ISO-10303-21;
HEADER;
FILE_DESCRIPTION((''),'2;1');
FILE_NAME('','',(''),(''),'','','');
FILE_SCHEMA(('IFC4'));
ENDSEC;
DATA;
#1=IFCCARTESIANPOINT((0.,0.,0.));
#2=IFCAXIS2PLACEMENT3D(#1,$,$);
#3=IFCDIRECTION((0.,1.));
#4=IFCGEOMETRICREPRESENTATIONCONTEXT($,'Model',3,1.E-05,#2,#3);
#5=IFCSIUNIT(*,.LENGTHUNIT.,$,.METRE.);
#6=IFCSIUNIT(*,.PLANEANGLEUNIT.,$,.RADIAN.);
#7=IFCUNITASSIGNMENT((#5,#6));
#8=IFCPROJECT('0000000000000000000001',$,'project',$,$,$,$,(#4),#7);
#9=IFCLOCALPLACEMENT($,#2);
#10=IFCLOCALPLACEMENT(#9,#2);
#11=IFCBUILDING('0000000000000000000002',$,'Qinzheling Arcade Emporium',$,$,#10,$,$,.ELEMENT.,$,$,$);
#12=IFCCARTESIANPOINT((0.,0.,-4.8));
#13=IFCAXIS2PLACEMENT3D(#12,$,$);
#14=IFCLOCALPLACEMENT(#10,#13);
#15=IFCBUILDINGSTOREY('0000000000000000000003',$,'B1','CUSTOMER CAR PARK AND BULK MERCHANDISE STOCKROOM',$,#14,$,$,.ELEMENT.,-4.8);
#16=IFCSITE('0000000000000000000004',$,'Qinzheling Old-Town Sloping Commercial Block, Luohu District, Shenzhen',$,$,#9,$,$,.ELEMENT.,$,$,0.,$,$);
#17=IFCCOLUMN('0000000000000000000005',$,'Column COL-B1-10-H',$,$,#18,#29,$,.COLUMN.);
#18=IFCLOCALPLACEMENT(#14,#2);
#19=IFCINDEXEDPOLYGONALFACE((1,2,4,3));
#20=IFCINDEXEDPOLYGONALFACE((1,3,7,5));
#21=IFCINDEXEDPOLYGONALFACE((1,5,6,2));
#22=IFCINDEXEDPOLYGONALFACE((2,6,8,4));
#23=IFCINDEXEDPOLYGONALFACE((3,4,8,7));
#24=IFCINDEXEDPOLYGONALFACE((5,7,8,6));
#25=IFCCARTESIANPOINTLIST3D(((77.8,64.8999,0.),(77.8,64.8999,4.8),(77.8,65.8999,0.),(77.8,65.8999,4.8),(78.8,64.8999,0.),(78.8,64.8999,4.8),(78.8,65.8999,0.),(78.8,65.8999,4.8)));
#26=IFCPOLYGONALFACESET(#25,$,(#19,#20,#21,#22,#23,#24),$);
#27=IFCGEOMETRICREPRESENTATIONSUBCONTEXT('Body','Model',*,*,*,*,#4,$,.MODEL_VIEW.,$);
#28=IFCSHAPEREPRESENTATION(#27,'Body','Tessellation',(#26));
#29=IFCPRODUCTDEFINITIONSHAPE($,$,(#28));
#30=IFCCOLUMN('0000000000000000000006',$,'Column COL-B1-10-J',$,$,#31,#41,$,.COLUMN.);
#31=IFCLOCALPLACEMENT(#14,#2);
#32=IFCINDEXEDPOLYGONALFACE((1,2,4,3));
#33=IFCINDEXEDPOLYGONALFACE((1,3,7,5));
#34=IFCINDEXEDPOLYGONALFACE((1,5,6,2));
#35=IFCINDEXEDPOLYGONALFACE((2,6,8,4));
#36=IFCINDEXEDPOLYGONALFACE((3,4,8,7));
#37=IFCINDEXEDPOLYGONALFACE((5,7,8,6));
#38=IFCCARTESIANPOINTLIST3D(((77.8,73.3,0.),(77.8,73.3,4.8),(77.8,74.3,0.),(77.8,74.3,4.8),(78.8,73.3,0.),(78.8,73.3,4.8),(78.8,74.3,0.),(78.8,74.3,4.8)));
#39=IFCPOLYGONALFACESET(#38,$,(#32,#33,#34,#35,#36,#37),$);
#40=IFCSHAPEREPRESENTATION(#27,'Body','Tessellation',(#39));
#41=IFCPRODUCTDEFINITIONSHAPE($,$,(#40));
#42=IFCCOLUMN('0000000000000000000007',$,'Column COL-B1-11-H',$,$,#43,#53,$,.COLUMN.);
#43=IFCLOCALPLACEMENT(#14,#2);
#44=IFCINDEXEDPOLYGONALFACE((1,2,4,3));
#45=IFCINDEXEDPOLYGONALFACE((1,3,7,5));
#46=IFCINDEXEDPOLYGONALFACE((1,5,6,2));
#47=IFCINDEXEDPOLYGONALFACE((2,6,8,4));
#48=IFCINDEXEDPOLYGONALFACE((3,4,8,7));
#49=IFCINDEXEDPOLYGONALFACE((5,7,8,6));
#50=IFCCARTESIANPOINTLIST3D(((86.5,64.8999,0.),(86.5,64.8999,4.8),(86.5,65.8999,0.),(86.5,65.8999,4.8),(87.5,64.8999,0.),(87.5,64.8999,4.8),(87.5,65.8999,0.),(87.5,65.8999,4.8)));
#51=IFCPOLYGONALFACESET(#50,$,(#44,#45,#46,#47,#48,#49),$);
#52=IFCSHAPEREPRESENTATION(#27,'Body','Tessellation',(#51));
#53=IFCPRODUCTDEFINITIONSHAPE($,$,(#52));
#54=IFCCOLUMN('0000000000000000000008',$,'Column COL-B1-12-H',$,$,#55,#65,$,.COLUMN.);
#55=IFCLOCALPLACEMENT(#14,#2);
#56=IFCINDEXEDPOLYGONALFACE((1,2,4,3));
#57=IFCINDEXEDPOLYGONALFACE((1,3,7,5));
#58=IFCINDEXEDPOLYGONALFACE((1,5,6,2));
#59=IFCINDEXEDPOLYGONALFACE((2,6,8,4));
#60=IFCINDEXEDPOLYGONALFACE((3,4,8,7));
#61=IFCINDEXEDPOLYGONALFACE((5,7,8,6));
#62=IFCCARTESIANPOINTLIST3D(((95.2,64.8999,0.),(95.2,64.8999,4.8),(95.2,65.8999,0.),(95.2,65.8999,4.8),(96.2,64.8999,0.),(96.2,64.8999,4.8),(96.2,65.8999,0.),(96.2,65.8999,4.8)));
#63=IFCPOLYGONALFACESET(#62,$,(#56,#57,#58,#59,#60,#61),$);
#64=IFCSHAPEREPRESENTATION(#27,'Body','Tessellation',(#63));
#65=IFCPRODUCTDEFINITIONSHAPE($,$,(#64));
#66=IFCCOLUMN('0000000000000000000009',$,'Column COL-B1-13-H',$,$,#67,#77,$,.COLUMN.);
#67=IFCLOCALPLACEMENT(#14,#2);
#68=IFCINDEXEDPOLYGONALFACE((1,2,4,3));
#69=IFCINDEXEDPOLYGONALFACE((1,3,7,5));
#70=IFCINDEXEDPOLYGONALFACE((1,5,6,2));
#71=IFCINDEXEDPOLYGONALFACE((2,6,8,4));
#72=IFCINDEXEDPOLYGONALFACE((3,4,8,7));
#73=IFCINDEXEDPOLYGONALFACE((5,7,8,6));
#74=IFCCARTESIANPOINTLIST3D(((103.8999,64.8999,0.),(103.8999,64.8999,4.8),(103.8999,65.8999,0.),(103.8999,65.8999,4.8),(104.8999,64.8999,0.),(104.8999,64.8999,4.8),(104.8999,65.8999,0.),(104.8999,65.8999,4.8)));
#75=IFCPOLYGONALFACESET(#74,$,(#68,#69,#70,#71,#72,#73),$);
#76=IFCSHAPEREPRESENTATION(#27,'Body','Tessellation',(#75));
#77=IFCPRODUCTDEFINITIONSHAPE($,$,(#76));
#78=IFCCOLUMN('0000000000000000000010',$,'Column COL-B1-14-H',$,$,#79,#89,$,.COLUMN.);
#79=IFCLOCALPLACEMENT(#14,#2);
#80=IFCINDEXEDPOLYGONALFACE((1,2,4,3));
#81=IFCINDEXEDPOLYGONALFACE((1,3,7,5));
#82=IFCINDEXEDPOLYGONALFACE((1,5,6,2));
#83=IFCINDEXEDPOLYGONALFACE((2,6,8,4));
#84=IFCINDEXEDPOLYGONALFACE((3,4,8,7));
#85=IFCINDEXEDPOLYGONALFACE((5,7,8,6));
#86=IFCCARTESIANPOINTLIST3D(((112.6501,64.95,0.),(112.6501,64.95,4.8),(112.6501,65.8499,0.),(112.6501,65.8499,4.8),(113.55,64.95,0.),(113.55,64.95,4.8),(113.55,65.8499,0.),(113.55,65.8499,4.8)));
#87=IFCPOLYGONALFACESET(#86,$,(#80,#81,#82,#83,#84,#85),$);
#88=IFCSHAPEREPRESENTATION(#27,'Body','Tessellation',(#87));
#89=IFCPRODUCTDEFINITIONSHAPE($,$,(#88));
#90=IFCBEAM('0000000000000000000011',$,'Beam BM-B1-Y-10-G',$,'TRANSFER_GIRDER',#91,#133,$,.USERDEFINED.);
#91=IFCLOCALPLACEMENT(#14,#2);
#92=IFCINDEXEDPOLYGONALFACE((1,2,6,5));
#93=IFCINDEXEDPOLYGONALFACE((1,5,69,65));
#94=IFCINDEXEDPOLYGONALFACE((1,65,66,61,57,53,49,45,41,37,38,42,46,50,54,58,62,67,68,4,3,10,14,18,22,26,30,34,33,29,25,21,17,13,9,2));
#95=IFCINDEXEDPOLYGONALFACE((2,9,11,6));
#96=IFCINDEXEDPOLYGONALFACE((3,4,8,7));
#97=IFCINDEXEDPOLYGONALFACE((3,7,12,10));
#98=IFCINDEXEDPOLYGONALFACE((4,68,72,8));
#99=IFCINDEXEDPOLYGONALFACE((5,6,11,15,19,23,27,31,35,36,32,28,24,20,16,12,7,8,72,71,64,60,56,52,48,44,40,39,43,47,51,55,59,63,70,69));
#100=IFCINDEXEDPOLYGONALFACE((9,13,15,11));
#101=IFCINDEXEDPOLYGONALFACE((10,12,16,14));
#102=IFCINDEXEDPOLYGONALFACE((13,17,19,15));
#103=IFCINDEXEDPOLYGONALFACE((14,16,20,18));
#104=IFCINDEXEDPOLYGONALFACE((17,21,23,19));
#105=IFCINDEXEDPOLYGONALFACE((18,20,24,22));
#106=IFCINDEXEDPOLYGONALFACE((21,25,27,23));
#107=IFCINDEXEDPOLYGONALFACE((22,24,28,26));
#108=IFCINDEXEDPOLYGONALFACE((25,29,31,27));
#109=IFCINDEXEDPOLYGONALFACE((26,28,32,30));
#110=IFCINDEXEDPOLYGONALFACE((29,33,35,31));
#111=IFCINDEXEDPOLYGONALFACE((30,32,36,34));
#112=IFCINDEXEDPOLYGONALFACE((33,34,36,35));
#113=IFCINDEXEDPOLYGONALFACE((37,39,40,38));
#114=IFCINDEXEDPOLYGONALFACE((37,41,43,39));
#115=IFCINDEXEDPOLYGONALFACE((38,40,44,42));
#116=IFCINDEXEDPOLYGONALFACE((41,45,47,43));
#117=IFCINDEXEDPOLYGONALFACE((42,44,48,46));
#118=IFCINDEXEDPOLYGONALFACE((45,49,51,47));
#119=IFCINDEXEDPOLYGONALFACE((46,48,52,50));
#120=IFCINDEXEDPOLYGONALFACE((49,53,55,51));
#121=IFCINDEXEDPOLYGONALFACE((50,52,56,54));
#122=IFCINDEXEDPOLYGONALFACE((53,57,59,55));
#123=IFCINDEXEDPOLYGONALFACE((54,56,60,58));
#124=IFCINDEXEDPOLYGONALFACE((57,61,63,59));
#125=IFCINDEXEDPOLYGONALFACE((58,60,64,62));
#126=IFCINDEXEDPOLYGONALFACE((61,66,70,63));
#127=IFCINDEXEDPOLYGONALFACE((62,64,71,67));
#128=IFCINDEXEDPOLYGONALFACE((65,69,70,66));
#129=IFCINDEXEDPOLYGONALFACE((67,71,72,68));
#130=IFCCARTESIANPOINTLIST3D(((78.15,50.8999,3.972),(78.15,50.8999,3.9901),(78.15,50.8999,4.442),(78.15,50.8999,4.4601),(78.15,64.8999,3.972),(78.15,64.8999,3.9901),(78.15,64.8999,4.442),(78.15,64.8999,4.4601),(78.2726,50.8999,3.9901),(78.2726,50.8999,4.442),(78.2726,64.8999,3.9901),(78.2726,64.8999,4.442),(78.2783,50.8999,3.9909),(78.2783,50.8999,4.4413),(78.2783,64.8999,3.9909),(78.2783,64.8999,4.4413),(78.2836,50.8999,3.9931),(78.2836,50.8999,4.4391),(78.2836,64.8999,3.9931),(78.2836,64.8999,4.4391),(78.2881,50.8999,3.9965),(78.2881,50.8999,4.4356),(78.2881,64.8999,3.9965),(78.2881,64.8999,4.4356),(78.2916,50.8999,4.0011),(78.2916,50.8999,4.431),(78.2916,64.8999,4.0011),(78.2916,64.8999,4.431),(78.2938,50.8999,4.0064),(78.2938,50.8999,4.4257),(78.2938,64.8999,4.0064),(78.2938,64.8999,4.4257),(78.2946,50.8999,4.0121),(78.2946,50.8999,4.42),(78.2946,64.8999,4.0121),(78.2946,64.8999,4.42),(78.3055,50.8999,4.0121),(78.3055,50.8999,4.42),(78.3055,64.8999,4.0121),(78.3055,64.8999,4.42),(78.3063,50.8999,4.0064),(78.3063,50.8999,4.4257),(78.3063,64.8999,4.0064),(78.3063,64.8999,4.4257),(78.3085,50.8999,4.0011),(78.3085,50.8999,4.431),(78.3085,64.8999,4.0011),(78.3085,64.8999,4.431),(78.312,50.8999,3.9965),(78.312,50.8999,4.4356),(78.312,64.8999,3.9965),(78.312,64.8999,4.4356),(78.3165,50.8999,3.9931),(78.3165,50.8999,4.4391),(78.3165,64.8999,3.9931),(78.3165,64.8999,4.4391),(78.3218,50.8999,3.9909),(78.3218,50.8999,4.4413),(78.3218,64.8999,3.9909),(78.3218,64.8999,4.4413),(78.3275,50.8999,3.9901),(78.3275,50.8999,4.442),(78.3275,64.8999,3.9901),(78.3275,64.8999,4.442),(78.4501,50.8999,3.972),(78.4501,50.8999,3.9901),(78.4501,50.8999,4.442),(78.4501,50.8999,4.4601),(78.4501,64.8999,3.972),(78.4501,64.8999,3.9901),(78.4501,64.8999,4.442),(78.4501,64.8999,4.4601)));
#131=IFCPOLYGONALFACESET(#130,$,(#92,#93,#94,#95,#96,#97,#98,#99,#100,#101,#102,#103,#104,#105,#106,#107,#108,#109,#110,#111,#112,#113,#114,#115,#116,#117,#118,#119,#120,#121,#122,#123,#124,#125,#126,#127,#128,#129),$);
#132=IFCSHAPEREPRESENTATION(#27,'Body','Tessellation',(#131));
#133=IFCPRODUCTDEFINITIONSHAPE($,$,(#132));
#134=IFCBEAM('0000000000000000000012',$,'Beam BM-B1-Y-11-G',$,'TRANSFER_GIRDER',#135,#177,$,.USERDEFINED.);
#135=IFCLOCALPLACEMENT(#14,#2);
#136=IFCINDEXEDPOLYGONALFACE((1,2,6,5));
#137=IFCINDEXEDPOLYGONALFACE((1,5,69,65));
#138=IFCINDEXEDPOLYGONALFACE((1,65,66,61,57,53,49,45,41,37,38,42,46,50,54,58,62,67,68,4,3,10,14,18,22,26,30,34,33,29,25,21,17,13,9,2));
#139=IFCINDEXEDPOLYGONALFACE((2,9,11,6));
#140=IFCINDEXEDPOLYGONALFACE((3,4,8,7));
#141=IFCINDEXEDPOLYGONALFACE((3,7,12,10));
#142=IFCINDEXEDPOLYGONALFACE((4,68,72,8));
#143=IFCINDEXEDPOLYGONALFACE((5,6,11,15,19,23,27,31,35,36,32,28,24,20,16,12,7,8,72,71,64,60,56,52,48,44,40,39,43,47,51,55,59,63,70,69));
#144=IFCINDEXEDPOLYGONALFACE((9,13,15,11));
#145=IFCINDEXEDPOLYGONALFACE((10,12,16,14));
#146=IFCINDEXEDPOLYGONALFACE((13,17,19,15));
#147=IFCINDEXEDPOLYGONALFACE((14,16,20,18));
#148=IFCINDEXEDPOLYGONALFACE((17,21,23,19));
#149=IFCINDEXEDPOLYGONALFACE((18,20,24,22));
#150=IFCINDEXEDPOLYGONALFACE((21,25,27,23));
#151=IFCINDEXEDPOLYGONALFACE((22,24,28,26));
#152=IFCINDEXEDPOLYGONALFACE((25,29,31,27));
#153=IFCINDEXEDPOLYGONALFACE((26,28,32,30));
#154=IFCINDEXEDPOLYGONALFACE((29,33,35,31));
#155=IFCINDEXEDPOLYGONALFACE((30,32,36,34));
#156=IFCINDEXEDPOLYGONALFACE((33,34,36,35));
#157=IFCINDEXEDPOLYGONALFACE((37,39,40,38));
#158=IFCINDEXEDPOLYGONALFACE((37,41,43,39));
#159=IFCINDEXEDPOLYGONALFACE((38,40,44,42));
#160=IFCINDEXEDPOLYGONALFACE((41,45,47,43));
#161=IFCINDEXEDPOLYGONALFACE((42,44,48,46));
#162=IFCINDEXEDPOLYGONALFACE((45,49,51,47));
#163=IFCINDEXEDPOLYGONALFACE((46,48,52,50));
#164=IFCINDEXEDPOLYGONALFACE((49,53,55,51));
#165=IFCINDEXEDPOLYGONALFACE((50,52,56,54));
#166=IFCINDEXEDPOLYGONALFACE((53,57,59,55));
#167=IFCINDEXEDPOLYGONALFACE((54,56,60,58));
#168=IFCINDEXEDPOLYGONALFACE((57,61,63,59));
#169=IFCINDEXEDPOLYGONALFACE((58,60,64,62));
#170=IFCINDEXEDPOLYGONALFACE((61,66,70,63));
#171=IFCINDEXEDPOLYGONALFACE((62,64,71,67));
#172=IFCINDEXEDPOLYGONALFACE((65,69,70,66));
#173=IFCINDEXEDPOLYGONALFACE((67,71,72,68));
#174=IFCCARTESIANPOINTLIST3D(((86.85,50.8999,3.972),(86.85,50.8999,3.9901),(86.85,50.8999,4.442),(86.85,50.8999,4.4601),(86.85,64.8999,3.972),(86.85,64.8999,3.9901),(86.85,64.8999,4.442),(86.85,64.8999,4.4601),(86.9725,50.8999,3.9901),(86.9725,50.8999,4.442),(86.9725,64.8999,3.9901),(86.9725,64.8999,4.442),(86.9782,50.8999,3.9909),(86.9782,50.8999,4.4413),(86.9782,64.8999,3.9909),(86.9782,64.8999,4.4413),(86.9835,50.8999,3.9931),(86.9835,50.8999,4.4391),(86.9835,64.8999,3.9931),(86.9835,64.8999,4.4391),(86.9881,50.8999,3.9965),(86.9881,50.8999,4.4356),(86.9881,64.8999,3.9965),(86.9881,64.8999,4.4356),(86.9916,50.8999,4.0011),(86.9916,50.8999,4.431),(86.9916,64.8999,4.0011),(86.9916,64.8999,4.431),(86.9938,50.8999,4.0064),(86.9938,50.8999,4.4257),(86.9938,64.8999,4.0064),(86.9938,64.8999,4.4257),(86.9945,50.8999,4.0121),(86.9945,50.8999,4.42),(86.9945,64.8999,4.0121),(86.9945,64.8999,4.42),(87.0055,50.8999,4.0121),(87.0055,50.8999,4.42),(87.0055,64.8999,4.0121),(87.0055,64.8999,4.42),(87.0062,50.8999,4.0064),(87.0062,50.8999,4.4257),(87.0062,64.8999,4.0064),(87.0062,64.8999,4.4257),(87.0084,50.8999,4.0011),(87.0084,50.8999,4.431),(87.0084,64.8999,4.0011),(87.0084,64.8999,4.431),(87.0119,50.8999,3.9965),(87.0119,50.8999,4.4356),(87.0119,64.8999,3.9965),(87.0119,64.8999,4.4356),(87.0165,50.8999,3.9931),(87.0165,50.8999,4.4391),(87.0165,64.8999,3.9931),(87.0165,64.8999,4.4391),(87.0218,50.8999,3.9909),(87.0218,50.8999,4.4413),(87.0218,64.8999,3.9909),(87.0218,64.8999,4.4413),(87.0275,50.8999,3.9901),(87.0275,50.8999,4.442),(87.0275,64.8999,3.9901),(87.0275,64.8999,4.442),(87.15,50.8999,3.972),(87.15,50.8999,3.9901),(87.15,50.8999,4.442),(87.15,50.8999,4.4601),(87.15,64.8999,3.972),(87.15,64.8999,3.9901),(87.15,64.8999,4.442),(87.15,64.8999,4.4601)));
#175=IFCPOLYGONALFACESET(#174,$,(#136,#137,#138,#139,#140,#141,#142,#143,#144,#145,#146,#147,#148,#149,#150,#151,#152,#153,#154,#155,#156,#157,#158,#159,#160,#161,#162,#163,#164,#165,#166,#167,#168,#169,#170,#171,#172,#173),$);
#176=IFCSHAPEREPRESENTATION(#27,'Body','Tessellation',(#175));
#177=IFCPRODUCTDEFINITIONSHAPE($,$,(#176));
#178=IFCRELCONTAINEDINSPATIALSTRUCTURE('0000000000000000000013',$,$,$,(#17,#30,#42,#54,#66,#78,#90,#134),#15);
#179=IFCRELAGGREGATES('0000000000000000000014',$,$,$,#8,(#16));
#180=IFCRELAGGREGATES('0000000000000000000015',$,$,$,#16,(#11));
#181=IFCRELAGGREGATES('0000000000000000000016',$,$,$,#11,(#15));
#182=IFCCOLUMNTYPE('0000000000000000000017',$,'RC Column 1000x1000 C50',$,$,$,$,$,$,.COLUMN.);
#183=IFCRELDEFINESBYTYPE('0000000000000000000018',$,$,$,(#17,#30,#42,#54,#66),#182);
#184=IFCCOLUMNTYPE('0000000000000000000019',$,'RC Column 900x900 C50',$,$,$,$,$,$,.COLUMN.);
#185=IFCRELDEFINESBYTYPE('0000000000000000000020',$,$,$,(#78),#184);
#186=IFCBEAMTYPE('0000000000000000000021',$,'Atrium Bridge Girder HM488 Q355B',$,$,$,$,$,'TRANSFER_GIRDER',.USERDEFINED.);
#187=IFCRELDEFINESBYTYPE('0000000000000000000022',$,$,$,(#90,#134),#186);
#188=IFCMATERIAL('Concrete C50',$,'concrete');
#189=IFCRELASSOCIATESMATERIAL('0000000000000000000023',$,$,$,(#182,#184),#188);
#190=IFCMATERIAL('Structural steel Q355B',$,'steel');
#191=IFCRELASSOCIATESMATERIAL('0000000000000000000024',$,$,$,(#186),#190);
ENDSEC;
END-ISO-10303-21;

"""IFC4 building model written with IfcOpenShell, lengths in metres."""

from ifc_helpers import new_model, si_unit, direction, frame, origin, origin_2d, place, context, subcontext, project, spatial, rectangle, i_section, extrude, material, material_profile, profile_set, type_object, element, save


model = new_model("IFC4")

# Units and contexts
model_context = context("Model", 3, precision=1e-05, world=origin(), true_north=direction((0.0, 1.0)))
body_context = subcontext(model_context, "Body", "Model", "MODEL_VIEW")
ifc_project = project(units=[si_unit("LENGTHUNIT", "METRE"), si_unit("PLANEANGLEUNIT", "RADIAN")], contexts=[model_context])

# Site, building, storey
site_placement = place(None, origin())
site = spatial("IfcSite", under=ifc_project, at=site_placement, Name="Qinzheling Old-Town Sloping Commercial Block, Luohu District, Shenzhen", CompositionType="ELEMENT", RefElevation=0.0)
building_placement = place(site_placement, origin())
building = spatial("IfcBuilding", under=site, at=building_placement, Name="Qinzheling Arcade Emporium", CompositionType="ELEMENT")
storey_placement = place(building_placement, frame((0.0, 0.0, -4.8)))
storey = spatial("IfcBuildingStorey", under=building, at=storey_placement, Name="B1", Description="CUSTOMER CAR PARK AND BULK MERCHANDISE STOCKROOM", CompositionType="ELEMENT", Elevation=-4.8)

# Columns
ifc_material_1 = material(Name="Concrete C50", Category="concrete")
ifc_material_profile_1 = material_profile(ifc_material_1, rectangle(XDim=1.0, YDim=1.0, at=origin_2d()), Name="RC 1000x1000", Category="concrete")
ifc_profile_set_1 = profile_set([ifc_material_profile_1], Name="Concrete C50")
column_type_1 = type_object("IfcColumnType", Name="RC Column 1000x1000 C50", PredefinedType="COLUMN", material=ifc_profile_set_1)
for number, where, z_axis, x_axis, name in (
    (1, (78.3, 65.3999, 0.0), (0.0, 0.0, 1.0), (1.0, 0.0, 0.0), "Column COL-B1-10-H"),
    (2, (78.3, 73.8, 0.0), (0.0, 0.0, 1.0), (1.0, 0.0, 0.0), "Column COL-B1-10-J"),
    (3, (87.0, 65.3999, 0.0), (0.0, 0.0, 1.0), (1.0, 0.0, 0.0), "Column COL-B1-11-H"),
    (4, (95.7, 65.3999, 0.0), (0.0, 0.0, 1.0), (1.0, 0.0, 0.0), "Column COL-B1-12-H"),
    (5, (104.3999, 65.3999, 0.0), (0.0, 0.0, 1.0), (1.0, 0.0, 0.0), "Column COL-B1-13-H"),
):
    element("IfcColumn", number, at=place(storey_placement, frame(where, z_axis=z_axis, x_axis=x_axis)), inside=storey, type_object=column_type_1, Name=name, PredefinedType="COLUMN", context=body_context, shape_type="SweptSolid", body=[
        extrude(rectangle(XDim=1.0, YDim=1.0, at=origin_2d()), origin(), (0.0, 0.0, 1.0), 4.8),
    ])
ifc_material_profile_2 = material_profile(ifc_material_1, rectangle(XDim=0.8999, YDim=0.8999, at=origin_2d()), Name="RC 900x900", Category="concrete")
ifc_profile_set_2 = profile_set([ifc_material_profile_2], Name="Concrete C50")
column_type_2 = type_object("IfcColumnType", Name="RC Column 900x900 C50", PredefinedType="COLUMN", material=ifc_profile_set_2)
column_placement = place(storey_placement, frame((113.1001, 65.3999, 0.0), z_axis=(0.0, 0.0, 1.0), x_axis=(1.0, 0.0, 0.0)))
element("IfcColumn", 6, at=column_placement, inside=storey, type_object=column_type_2, Name="Column COL-B1-14-H", PredefinedType="COLUMN", context=body_context, shape_type="SweptSolid", body=[
    extrude(rectangle(XDim=0.8999, YDim=0.8999, at=origin_2d()), origin(), (0.0, 0.0, 1.0), 4.8),
])

# Beams
ifc_material_2 = material(Name="Structural steel Q355B", Category="steel")
ifc_material_profile_3 = material_profile(ifc_material_2, i_section(OverallWidth=0.3, OverallDepth=0.488, WebThickness=0.011, FlangeThickness=0.0181, FilletRadius=0.022, at=origin_2d()), Name="HM 488x300x11x18", Category="steel")
ifc_profile_set_3 = profile_set([ifc_material_profile_3], Name="Structural steel Q355B")
beam_type_1 = type_object("IfcBeamType", Name="Atrium Bridge Girder HM488 Q355B", ElementType="TRANSFER_GIRDER", PredefinedType="USERDEFINED", material=ifc_profile_set_3)
for number, where, z_axis, x_axis, name in (
    (7, (78.3, 50.8999, 4.2161), (0.0, 1.0, 0.0), (-1.0, 0.0, 0.0), "Beam BM-B1-Y-10-G"),
    (8, (87.0, 50.8999, 4.2161), (0.0, 1.0, 0.0), (-1.0, 0.0, 0.0), "Beam BM-B1-Y-11-G"),
):
    element("IfcBeam", number, at=place(storey_placement, frame(where, z_axis=z_axis, x_axis=x_axis)), inside=storey, type_object=beam_type_1, Name=name, ObjectType="TRANSFER_GIRDER", PredefinedType="USERDEFINED", context=body_context, shape_type="SweptSolid", body=[
        extrude(i_section(OverallWidth=0.3, OverallDepth=0.488, WebThickness=0.011, FlangeThickness=0.0181, FilletRadius=0.022, at=origin_2d()), origin(), (0.0, 0.0, 1.0), 14.0),
    ])

save(model, "model.ifc")
